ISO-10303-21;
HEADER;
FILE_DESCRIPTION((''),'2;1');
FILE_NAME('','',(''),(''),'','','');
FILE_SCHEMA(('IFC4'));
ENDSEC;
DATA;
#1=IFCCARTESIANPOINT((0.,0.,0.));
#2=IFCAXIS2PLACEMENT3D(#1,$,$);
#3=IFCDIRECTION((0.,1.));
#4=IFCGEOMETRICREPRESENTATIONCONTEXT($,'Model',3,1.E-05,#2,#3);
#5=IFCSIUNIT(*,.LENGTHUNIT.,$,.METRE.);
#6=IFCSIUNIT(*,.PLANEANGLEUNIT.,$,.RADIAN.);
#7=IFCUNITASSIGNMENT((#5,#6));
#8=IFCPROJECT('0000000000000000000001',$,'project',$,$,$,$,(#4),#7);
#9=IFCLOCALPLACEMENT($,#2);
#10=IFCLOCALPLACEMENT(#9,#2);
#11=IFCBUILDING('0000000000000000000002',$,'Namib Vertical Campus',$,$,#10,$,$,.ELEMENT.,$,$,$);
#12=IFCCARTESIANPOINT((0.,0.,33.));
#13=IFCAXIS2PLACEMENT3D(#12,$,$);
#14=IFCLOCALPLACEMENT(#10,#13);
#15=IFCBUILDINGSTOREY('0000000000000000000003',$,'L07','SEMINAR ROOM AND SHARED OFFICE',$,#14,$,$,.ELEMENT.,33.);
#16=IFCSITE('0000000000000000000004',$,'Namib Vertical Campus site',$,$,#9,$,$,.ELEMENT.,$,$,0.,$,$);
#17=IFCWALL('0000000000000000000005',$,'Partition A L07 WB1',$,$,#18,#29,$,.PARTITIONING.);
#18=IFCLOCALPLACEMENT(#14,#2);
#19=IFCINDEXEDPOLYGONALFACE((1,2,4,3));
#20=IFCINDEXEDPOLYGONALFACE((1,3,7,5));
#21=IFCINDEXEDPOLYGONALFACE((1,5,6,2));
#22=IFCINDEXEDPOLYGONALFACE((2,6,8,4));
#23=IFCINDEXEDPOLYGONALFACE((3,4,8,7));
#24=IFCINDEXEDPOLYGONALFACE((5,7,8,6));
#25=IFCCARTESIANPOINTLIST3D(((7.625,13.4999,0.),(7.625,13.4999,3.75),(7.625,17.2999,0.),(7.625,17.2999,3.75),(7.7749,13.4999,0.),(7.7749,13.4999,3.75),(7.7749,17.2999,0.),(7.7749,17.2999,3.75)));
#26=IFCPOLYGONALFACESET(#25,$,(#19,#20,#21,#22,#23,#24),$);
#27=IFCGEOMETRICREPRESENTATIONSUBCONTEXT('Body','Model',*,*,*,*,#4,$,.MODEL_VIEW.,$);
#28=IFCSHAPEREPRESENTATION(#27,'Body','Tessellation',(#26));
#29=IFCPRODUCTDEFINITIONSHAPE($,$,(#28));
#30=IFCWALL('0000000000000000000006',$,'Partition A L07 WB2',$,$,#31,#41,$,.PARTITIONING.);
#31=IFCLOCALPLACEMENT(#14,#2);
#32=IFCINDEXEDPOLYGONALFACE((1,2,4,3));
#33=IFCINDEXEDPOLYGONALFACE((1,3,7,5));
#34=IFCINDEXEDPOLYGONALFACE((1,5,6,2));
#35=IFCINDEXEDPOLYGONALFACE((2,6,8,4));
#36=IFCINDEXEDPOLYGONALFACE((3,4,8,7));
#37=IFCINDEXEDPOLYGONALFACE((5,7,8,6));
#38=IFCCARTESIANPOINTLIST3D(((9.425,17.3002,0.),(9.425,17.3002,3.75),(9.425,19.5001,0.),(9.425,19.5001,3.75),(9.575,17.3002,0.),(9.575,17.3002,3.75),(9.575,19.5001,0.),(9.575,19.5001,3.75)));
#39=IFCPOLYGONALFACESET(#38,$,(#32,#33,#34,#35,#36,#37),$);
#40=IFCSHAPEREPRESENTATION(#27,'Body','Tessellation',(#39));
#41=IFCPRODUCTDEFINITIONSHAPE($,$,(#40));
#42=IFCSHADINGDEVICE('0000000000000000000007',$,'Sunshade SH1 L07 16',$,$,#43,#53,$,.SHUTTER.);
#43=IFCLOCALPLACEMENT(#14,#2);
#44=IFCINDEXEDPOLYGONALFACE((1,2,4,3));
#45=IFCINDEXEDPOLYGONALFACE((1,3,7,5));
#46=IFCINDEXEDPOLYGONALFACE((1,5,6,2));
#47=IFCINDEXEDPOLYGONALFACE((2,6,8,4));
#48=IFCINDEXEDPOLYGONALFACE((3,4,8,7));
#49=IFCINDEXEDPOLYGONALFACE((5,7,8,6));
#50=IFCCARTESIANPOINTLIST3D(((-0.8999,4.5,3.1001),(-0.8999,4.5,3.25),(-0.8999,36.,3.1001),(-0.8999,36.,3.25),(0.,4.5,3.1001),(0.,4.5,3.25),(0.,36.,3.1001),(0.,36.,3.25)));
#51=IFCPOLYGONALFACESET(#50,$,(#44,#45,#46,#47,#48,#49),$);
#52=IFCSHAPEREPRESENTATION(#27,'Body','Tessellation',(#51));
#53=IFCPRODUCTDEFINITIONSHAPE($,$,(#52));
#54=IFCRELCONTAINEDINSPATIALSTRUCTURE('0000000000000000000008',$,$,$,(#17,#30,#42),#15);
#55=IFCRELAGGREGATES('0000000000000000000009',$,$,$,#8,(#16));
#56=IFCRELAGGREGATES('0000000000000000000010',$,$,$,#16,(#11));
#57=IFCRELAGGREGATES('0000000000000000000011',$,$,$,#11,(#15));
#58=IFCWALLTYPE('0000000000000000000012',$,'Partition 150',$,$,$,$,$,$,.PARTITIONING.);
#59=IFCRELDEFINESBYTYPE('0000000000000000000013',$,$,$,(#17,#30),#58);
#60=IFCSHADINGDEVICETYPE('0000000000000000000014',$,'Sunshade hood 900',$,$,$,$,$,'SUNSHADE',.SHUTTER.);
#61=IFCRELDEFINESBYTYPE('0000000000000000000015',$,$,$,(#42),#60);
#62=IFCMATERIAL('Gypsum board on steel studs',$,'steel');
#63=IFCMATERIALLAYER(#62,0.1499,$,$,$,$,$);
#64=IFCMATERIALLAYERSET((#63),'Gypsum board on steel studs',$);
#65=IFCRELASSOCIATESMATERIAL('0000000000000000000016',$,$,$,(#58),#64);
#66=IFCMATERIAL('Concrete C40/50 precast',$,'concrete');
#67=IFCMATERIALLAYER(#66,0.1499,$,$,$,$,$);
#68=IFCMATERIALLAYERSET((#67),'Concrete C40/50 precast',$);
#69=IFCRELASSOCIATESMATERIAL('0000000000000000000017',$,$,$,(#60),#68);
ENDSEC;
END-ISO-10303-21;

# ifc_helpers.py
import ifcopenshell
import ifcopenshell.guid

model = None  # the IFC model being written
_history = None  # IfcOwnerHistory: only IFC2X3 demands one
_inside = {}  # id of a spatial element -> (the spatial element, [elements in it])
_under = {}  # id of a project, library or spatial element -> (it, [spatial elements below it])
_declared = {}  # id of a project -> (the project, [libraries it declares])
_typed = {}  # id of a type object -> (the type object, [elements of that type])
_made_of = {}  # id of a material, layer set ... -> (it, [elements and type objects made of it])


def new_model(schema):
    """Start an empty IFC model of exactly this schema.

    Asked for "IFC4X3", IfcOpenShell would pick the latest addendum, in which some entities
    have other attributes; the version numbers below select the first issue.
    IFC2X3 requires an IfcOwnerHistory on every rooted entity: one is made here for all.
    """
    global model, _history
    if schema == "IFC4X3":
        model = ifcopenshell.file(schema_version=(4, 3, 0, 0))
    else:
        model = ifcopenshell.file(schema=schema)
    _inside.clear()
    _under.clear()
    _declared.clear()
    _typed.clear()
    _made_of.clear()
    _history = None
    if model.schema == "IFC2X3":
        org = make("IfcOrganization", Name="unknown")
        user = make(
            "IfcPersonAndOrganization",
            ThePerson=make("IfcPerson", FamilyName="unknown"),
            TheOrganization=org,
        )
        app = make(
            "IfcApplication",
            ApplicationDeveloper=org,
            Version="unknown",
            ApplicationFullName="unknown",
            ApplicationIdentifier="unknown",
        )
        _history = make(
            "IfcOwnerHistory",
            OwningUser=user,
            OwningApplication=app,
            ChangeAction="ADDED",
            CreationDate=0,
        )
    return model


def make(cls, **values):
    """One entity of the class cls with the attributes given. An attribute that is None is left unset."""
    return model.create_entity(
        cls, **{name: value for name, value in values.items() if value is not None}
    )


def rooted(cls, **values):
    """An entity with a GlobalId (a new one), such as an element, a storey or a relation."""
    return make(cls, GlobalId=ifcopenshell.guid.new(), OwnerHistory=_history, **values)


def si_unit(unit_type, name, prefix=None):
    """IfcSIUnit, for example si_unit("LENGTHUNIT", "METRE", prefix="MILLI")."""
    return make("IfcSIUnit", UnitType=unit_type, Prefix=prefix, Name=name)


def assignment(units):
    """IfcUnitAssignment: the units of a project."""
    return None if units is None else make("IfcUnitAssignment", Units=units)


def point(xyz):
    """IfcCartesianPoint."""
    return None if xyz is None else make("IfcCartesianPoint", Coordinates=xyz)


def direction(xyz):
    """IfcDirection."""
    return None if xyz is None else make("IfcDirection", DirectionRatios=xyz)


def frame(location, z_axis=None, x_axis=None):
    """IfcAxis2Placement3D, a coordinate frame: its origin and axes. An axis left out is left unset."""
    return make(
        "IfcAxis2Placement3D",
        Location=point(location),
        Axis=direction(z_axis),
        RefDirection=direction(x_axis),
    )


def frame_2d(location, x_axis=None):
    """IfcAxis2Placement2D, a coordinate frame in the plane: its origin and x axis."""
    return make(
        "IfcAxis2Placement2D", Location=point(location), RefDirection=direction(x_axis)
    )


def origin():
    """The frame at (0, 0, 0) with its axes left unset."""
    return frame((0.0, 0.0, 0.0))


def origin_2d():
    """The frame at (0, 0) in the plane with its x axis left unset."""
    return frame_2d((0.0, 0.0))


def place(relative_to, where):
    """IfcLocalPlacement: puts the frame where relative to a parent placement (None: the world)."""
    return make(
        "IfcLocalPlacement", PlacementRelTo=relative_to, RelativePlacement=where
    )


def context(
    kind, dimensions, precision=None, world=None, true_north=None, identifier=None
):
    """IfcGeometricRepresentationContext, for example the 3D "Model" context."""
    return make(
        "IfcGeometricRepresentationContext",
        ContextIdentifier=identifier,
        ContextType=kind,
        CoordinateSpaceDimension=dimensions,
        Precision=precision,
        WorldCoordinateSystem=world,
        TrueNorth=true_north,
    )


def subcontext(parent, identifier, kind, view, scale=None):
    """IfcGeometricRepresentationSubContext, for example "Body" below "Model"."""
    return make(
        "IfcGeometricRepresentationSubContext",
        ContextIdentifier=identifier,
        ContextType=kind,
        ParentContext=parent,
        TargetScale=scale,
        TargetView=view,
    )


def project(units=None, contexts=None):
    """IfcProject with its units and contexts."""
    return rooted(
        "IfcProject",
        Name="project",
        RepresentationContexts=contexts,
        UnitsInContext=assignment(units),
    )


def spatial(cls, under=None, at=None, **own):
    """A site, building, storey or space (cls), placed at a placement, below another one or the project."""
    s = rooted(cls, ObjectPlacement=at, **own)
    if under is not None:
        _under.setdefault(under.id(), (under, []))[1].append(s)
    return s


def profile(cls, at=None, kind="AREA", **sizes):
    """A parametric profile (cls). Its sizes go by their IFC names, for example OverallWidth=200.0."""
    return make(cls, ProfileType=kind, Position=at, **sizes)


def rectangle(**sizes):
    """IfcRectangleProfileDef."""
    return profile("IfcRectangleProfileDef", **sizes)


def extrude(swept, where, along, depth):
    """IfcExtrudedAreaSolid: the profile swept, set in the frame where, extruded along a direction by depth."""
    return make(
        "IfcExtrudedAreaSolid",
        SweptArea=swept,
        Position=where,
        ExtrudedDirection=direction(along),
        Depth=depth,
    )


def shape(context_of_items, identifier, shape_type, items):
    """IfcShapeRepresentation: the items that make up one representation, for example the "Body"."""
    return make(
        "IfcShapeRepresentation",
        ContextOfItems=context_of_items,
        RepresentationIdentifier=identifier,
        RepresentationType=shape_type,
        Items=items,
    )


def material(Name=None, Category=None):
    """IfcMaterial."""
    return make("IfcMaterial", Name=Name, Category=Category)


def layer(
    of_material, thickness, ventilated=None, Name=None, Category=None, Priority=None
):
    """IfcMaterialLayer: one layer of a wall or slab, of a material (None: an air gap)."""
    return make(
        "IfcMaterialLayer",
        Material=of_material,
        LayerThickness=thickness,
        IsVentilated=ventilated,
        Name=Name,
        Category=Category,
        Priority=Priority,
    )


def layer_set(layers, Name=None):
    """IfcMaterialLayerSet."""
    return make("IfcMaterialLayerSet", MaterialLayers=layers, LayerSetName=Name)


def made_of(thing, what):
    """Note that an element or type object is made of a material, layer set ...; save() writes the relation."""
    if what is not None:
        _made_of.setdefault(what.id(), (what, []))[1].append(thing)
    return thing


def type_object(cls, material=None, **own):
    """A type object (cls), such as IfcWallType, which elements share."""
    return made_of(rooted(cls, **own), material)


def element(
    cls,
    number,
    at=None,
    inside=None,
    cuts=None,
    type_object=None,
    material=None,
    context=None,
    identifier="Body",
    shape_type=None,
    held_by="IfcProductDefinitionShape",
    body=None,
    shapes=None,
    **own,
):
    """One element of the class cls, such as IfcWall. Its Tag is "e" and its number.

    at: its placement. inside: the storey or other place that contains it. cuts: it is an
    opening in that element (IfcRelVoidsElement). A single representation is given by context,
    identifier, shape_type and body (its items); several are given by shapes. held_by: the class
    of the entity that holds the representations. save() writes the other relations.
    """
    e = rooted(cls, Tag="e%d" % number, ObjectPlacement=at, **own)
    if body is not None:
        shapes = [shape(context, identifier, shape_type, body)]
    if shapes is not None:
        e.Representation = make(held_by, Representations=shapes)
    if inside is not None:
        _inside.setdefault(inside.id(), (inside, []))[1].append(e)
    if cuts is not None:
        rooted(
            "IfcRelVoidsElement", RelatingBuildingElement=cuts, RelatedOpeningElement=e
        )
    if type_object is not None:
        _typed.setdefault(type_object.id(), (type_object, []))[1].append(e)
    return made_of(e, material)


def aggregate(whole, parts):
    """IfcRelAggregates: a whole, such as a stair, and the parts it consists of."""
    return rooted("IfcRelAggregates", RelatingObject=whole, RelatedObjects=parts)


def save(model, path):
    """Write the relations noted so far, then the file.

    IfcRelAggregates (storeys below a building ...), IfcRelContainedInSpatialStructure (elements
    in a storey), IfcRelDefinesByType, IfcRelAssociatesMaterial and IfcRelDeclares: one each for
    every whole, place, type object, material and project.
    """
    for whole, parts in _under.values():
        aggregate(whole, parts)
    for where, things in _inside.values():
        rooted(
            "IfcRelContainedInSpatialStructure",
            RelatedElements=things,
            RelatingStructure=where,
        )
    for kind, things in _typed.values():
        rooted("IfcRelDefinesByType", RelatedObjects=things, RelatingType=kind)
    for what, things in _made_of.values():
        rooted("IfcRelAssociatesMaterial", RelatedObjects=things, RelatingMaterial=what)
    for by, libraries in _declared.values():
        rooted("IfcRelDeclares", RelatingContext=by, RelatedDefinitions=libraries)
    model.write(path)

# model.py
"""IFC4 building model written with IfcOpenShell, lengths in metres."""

from ifc_helpers import new_model, si_unit, direction, frame, frame_2d, origin, origin_2d, place, context, subcontext, project, spatial, rectangle, extrude, material, layer, layer_set, type_object, element, save


model = new_model("IFC4")

# Units and contexts
model_context = context("Model", 3, precision=1e-05, world=origin(), true_north=direction((0.0, 1.0)))
body_context = subcontext(model_context, "Body", "Model", "MODEL_VIEW")
ifc_project = project(units=[si_unit("LENGTHUNIT", "METRE"), si_unit("PLANEANGLEUNIT", "RADIAN")], contexts=[model_context])

# Site, building, storey
site_placement = place(None, origin())
site = spatial("IfcSite", under=ifc_project, at=site_placement, Name="Namib Vertical Campus site", CompositionType="ELEMENT", RefElevation=0.0)
building_placement = place(site_placement, origin())
building = spatial("IfcBuilding", under=site, at=building_placement, Name="Namib Vertical Campus", CompositionType="ELEMENT")
storey_placement = place(building_placement, frame((0.0, 0.0, 33.0)))
storey = spatial("IfcBuildingStorey", under=building, at=storey_placement, Name="L07", Description="SEMINAR ROOM AND SHARED OFFICE", CompositionType="ELEMENT", Elevation=33.0)

# Walls
ifc_material_1 = material(Name="Gypsum board on steel studs", Category="steel")
ifc_layer_1 = layer(ifc_material_1, 0.1499)
ifc_layer_set_1 = layer_set([ifc_layer_1], Name="Gypsum board on steel studs")
wall_type_1 = type_object("IfcWallType", Name="Partition 150", PredefinedType="PARTITIONING", material=ifc_layer_set_1)
wall_1_placement = place(storey_placement, frame((7.7, 13.5, 0.0), z_axis=(0.0, 0.0, 1.0), x_axis=(0.0, 1.0, 0.0)))
element("IfcWall", 1, at=wall_1_placement, inside=storey, type_object=wall_type_1, Name="Partition A L07 WB1", PredefinedType="PARTITIONING", context=body_context, shape_type="SweptSolid", body=[
    extrude(rectangle(XDim=3.8, YDim=0.1499, at=frame_2d((1.8999, 0.0))), origin(), (0.0, 0.0, 1.0), 3.75),
])
wall_2_placement = place(storey_placement, frame((9.5, 17.3, 0.0), z_axis=(0.0, 0.0, 1.0), x_axis=(0.0, 1.0, 0.0)))
element("IfcWall", 2, at=wall_2_placement, inside=storey, type_object=wall_type_1, Name="Partition A L07 WB2", PredefinedType="PARTITIONING", context=body_context, shape_type="SweptSolid", body=[
    extrude(rectangle(XDim=2.2, YDim=0.1499, at=frame_2d((1.1001, 0.0))), origin(), (0.0, 0.0, 1.0), 3.75),
])

# Shading device
ifc_material_2 = material(Name="Concrete C40/50 precast", Category="concrete")
ifc_layer_2 = layer(ifc_material_2, 0.1499)
ifc_layer_set_2 = layer_set([ifc_layer_2], Name="Concrete C40/50 precast")
shading_device_type = type_object("IfcShadingDeviceType", Name="Sunshade hood 900", ElementType="SUNSHADE", PredefinedType="SHUTTER", material=ifc_layer_set_2)
shading_device_placement = place(storey_placement, frame((-0.45, 20.25, 3.1001), z_axis=(0.0, 0.0, 1.0), x_axis=(0.0, -1.0, 0.0)))
element("IfcShadingDevice", 3, at=shading_device_placement, inside=storey, type_object=shading_device_type, Name="Sunshade SH1 L07 16", PredefinedType="SHUTTER", context=body_context, shape_type="SweptSolid", body=[
    extrude(rectangle(XDim=31.5, YDim=0.8999, at=origin_2d()), origin(), (0.0, 0.0, 1.0), 0.1499),
])

save(model, "model.ifc")
